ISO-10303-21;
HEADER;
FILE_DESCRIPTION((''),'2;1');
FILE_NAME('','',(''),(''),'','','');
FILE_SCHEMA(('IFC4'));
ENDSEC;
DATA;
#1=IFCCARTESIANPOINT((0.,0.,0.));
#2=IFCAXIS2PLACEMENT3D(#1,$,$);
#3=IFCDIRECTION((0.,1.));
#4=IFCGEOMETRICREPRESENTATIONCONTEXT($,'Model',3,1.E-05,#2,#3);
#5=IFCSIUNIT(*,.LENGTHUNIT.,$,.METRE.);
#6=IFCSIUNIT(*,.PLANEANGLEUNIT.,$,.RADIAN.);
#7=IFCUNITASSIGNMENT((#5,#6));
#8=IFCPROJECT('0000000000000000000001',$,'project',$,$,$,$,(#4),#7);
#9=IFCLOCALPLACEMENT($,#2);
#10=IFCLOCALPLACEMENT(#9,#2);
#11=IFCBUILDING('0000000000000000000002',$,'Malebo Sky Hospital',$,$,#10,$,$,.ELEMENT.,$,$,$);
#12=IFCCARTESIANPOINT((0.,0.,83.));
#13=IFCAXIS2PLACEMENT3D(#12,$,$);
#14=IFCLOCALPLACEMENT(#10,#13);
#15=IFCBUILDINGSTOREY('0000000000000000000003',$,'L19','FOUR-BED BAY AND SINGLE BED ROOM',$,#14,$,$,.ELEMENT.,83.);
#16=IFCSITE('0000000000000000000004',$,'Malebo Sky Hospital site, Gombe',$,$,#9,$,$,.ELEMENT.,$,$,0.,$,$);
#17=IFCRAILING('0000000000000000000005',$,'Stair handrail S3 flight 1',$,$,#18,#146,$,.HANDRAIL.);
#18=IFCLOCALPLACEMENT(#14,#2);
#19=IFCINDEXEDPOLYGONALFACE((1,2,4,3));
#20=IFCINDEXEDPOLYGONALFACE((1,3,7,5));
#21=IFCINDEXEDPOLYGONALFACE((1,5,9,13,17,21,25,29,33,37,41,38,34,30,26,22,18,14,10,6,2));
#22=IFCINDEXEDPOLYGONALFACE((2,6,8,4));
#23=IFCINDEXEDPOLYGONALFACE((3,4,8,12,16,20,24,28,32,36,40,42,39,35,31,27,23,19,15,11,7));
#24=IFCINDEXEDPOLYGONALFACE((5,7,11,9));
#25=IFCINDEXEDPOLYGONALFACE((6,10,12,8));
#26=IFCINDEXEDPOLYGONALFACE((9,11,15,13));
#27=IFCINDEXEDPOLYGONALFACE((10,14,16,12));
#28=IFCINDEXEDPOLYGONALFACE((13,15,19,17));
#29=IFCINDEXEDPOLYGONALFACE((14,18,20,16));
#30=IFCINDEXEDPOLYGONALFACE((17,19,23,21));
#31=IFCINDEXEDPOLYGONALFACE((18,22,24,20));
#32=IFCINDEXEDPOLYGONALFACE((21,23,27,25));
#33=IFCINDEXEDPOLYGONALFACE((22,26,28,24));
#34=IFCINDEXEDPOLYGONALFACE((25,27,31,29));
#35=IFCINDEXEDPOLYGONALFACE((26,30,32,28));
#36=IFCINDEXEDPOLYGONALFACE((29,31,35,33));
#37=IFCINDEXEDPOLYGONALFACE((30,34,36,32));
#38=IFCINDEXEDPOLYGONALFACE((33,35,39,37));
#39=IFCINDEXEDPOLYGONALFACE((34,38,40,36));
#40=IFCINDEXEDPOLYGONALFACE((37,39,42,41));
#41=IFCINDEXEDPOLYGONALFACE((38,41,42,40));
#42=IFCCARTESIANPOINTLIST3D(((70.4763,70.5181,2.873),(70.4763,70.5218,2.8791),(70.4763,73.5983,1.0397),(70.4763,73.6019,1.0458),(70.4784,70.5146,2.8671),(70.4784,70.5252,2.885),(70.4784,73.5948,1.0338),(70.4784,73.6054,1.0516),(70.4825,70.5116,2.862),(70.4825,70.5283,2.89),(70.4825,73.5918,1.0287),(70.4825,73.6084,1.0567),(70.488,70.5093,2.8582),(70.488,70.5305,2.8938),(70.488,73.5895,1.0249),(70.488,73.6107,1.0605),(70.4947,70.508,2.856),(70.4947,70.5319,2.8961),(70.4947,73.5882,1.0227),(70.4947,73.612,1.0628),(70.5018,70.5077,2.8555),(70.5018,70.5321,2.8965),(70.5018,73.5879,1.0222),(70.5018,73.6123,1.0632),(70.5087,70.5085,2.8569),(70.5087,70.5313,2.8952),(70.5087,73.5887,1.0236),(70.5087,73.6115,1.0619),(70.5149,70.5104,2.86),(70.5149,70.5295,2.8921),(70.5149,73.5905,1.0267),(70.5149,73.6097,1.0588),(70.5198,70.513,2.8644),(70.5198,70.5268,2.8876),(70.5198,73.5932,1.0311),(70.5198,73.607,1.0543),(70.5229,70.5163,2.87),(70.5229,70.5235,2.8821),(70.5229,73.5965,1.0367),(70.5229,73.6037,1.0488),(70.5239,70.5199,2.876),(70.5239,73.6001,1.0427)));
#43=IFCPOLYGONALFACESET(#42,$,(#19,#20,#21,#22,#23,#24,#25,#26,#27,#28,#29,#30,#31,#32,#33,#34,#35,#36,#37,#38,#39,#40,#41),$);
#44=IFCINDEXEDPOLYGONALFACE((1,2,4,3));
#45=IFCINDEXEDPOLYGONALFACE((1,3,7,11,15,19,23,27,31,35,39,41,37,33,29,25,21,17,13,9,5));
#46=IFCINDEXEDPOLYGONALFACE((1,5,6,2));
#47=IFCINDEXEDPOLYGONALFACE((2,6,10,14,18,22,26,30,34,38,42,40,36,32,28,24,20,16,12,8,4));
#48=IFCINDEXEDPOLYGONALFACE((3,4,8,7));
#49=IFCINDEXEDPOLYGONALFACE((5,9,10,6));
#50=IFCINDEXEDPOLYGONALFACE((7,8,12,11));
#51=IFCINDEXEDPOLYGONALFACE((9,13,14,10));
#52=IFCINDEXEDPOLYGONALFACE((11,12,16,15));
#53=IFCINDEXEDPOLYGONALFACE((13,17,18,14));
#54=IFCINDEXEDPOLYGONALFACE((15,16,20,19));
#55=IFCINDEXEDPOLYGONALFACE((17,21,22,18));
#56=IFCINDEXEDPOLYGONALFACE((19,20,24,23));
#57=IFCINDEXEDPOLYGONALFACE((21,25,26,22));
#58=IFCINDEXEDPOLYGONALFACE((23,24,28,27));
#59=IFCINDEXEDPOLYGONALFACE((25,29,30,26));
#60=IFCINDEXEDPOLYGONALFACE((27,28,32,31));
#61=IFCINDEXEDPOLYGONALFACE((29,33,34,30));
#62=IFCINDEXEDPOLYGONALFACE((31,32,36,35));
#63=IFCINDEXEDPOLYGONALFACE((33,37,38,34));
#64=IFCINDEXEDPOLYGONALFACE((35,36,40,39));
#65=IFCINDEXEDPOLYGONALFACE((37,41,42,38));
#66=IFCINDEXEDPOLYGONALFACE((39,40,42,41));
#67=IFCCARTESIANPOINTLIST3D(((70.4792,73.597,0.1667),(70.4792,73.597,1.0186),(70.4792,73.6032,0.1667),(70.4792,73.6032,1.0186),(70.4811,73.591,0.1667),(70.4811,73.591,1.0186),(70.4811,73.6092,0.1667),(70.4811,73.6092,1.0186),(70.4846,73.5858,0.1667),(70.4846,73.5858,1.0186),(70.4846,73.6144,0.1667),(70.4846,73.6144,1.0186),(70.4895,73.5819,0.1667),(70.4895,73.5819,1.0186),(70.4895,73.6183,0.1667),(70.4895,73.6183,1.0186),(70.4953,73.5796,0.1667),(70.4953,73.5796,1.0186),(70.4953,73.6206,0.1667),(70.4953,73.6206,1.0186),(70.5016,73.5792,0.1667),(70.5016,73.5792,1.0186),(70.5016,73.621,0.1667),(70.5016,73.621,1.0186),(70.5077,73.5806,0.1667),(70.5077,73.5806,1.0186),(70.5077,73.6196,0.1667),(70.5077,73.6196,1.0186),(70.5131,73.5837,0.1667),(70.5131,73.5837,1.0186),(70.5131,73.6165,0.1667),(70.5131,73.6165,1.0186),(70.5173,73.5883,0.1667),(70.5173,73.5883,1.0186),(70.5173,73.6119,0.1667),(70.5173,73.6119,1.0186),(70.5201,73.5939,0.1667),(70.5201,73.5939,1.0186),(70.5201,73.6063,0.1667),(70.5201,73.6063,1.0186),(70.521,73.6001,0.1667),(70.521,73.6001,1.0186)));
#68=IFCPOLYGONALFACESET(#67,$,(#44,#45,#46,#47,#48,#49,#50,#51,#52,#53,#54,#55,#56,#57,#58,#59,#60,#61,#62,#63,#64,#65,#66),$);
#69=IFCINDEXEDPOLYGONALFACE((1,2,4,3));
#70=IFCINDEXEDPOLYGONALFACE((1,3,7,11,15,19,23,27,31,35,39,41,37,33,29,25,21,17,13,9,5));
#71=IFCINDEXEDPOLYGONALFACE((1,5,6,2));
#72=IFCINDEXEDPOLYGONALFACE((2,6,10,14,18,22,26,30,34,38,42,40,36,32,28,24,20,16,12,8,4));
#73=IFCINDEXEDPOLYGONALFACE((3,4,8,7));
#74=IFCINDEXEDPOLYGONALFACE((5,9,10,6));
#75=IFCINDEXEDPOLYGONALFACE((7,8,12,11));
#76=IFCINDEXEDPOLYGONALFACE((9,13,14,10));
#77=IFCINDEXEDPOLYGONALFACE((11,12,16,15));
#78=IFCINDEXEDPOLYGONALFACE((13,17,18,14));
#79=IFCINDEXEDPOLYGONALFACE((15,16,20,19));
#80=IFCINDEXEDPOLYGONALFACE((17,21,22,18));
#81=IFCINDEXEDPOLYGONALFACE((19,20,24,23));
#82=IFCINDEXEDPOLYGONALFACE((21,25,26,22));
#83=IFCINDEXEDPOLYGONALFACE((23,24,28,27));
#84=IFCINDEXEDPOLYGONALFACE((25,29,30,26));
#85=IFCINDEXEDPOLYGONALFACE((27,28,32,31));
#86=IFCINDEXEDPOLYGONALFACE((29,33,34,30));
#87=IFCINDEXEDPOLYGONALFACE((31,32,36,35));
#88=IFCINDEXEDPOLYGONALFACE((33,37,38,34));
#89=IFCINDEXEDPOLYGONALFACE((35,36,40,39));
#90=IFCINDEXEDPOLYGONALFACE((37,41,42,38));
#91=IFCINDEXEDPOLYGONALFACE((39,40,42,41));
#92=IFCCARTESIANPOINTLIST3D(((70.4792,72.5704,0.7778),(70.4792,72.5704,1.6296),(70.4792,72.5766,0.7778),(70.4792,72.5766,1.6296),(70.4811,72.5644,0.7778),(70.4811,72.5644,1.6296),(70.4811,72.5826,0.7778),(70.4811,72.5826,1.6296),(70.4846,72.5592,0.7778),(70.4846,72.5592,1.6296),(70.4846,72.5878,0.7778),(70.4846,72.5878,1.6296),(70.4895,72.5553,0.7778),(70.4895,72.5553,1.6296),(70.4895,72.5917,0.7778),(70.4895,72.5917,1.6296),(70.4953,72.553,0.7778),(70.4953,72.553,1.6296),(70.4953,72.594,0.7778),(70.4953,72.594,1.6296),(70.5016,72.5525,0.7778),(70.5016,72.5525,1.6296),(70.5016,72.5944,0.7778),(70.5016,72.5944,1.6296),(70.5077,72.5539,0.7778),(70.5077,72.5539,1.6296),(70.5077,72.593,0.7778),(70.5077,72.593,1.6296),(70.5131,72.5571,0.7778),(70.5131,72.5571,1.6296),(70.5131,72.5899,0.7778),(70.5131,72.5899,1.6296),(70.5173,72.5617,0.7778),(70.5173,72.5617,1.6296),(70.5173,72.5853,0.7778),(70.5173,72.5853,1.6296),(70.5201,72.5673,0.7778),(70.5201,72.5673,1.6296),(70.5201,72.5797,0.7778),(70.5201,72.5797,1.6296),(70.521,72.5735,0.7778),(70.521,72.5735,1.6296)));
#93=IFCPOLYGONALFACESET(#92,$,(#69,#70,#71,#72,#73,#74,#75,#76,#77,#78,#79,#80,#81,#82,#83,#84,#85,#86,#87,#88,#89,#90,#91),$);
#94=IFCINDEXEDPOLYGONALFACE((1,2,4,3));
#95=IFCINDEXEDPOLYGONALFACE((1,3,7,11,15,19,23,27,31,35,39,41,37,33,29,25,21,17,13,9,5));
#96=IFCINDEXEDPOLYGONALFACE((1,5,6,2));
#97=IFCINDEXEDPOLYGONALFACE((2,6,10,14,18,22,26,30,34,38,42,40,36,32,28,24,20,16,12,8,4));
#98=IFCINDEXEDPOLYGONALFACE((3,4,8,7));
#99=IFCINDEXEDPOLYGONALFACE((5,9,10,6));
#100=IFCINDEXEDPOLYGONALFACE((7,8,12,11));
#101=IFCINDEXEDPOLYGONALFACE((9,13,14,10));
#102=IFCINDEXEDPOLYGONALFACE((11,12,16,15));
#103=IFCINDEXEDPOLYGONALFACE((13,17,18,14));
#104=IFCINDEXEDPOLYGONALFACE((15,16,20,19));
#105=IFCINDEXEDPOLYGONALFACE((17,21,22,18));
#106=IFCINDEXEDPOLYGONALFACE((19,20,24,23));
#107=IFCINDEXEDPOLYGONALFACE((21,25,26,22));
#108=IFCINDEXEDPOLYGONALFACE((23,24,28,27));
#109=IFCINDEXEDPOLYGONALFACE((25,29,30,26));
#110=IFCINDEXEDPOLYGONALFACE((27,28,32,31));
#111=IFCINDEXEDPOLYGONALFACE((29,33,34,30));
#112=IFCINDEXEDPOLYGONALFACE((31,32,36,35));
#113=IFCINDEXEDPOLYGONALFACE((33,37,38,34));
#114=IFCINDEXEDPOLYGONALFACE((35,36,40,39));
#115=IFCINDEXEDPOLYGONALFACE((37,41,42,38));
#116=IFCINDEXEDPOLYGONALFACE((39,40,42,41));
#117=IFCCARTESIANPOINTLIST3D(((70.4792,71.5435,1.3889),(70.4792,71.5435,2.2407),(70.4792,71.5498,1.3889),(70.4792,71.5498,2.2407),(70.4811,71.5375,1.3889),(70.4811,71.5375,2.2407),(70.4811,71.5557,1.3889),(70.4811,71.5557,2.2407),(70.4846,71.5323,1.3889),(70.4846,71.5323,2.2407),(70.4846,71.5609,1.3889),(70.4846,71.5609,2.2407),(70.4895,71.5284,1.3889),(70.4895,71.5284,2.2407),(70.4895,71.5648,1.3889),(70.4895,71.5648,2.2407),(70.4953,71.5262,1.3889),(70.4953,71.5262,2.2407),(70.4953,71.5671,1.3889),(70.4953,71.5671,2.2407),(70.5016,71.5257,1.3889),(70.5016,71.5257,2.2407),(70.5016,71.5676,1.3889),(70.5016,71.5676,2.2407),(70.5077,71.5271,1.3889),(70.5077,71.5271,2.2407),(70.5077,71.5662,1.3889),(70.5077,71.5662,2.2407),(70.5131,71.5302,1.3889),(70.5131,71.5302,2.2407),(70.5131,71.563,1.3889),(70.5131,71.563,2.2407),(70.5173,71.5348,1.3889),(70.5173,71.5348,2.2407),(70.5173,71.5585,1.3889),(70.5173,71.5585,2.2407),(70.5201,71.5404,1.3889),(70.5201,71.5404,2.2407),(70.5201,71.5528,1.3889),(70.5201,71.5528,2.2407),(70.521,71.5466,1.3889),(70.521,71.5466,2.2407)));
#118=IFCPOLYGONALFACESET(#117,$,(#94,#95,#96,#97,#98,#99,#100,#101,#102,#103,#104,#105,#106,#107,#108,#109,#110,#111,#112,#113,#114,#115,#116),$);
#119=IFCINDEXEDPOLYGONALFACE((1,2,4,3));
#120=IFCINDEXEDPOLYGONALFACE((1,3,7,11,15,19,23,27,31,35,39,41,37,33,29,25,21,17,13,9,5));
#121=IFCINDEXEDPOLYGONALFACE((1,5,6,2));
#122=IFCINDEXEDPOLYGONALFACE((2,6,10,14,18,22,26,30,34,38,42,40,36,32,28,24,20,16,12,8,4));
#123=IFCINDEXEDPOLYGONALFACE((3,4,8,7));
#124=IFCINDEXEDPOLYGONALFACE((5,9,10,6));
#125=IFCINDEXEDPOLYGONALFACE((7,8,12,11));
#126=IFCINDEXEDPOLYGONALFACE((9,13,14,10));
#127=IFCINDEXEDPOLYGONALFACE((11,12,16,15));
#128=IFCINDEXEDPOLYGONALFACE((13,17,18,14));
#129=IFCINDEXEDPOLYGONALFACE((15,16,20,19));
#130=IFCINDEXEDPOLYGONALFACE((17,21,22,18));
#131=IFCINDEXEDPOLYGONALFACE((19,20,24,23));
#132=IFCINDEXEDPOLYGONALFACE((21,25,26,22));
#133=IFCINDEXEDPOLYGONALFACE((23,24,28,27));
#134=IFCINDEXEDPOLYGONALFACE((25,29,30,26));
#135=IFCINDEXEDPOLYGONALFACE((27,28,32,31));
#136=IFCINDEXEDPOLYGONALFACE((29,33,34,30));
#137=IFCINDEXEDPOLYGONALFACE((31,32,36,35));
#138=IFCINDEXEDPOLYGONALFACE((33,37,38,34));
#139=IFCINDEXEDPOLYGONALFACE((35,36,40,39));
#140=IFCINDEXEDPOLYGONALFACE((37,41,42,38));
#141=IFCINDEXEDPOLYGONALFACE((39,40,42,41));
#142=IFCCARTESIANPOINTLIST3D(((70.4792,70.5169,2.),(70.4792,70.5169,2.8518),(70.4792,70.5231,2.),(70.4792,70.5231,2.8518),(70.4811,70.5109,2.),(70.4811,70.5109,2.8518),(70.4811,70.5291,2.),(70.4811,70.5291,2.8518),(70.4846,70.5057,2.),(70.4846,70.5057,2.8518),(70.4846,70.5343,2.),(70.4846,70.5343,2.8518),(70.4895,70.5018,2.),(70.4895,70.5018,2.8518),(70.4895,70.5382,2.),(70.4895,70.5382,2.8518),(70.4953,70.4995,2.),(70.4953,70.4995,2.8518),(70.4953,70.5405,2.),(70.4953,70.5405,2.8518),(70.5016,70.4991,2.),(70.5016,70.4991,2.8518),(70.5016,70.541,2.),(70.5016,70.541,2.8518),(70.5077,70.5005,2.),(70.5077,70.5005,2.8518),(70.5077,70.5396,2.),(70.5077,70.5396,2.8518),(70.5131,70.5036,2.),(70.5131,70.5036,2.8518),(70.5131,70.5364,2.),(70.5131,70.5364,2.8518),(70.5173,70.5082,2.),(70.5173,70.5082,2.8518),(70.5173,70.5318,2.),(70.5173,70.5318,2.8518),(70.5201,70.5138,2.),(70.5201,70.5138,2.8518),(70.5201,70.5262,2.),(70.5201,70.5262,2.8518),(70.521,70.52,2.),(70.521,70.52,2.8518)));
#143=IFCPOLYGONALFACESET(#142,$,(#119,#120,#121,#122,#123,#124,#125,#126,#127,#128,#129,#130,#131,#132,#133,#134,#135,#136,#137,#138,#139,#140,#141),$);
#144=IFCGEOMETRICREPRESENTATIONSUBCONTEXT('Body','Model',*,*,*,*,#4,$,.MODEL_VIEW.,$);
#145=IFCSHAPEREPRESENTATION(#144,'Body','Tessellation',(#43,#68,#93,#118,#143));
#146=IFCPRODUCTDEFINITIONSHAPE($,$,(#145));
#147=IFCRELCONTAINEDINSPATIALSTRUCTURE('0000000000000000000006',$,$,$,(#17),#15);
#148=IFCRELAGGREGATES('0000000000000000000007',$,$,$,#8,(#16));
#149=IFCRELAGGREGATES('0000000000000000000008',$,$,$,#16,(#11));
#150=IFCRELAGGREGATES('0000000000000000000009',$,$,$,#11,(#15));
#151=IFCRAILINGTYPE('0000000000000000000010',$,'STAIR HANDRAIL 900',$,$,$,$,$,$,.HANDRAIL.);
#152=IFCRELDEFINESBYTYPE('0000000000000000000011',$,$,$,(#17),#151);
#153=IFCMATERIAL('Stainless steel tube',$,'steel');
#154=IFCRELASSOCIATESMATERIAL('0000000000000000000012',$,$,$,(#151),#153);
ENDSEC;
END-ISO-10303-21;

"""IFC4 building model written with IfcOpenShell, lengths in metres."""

from ifc_helpers import new_model, si_unit, direction, frame, origin, origin_2d, place, context, subcontext, project, spatial, circle, extrude, material, type_object, element, save


model = new_model("IFC4")

# Units and contexts
model_context = context("Model", 3, precision=1e-05, world=origin(), true_north=direction((0.0, 1.0)))
body_context = subcontext(model_context, "Body", "Model", "MODEL_VIEW")
ifc_project = project(units=[si_unit("LENGTHUNIT", "METRE"), si_unit("PLANEANGLEUNIT", "RADIAN")], contexts=[model_context])

# Site, building, storey
site_placement = place(None, origin())
site = spatial("IfcSite", under=ifc_project, at=site_placement, Name="Malebo Sky Hospital site, Gombe", CompositionType="ELEMENT", RefElevation=0.0)
building_placement = place(site_placement, origin())
building = spatial("IfcBuilding", under=site, at=building_placement, Name="Malebo Sky Hospital", CompositionType="ELEMENT")
storey_placement = place(building_placement, frame((0.0, 0.0, 83.0)))
storey = spatial("IfcBuildingStorey", under=building, at=storey_placement, Name="L19", Description="FOUR-BED BAY AND SINGLE BED ROOM", CompositionType="ELEMENT", Elevation=83.0)

# Railing
ifc_material_1 = material(Name="Stainless steel tube", Category="steel")
railing_type = type_object("IfcRailingType", Name="STAIR HANDRAIL 900", PredefinedType="HANDRAIL", material=ifc_material_1)
railing_1_placement = place(storey_placement, frame((70.5, 73.6001, 0.1667)))
element("IfcRailing", 1, at=railing_1_placement, inside=storey, type_object=railing_type, Name="Stair handrail S3 flight 1", PredefinedType="HANDRAIL", context=body_context, shape_type="SweptSolid", body=[
    extrude(circle(Radius=0.0239, at=origin_2d()), frame((0.0, 0.0, 0.876), z_axis=(0.0, -0.859309, 0.511458), x_axis=(1.0, 0.0, 0.0)), (0.0, 0.0, 1.0), 3.5845),
    extrude(circle(Radius=0.021, at=origin_2d()), origin(), (0.0, 0.0, 1.0), 0.8518),
    extrude(circle(Radius=0.021, at=origin_2d()), frame((0.0, -1.0266, 0.6111)), (0.0, 0.0, 1.0), 0.8518),
    extrude(circle(Radius=0.021, at=origin_2d()), frame((0.0, -2.0535, 1.2222)), (0.0, 0.0, 1.0), 0.8518),
    extrude(circle(Radius=0.021, at=origin_2d()), frame((0.0, -3.0801, 1.8333)), (0.0, 0.0, 1.0), 0.8518),
])

save(model, "model.ifc")
